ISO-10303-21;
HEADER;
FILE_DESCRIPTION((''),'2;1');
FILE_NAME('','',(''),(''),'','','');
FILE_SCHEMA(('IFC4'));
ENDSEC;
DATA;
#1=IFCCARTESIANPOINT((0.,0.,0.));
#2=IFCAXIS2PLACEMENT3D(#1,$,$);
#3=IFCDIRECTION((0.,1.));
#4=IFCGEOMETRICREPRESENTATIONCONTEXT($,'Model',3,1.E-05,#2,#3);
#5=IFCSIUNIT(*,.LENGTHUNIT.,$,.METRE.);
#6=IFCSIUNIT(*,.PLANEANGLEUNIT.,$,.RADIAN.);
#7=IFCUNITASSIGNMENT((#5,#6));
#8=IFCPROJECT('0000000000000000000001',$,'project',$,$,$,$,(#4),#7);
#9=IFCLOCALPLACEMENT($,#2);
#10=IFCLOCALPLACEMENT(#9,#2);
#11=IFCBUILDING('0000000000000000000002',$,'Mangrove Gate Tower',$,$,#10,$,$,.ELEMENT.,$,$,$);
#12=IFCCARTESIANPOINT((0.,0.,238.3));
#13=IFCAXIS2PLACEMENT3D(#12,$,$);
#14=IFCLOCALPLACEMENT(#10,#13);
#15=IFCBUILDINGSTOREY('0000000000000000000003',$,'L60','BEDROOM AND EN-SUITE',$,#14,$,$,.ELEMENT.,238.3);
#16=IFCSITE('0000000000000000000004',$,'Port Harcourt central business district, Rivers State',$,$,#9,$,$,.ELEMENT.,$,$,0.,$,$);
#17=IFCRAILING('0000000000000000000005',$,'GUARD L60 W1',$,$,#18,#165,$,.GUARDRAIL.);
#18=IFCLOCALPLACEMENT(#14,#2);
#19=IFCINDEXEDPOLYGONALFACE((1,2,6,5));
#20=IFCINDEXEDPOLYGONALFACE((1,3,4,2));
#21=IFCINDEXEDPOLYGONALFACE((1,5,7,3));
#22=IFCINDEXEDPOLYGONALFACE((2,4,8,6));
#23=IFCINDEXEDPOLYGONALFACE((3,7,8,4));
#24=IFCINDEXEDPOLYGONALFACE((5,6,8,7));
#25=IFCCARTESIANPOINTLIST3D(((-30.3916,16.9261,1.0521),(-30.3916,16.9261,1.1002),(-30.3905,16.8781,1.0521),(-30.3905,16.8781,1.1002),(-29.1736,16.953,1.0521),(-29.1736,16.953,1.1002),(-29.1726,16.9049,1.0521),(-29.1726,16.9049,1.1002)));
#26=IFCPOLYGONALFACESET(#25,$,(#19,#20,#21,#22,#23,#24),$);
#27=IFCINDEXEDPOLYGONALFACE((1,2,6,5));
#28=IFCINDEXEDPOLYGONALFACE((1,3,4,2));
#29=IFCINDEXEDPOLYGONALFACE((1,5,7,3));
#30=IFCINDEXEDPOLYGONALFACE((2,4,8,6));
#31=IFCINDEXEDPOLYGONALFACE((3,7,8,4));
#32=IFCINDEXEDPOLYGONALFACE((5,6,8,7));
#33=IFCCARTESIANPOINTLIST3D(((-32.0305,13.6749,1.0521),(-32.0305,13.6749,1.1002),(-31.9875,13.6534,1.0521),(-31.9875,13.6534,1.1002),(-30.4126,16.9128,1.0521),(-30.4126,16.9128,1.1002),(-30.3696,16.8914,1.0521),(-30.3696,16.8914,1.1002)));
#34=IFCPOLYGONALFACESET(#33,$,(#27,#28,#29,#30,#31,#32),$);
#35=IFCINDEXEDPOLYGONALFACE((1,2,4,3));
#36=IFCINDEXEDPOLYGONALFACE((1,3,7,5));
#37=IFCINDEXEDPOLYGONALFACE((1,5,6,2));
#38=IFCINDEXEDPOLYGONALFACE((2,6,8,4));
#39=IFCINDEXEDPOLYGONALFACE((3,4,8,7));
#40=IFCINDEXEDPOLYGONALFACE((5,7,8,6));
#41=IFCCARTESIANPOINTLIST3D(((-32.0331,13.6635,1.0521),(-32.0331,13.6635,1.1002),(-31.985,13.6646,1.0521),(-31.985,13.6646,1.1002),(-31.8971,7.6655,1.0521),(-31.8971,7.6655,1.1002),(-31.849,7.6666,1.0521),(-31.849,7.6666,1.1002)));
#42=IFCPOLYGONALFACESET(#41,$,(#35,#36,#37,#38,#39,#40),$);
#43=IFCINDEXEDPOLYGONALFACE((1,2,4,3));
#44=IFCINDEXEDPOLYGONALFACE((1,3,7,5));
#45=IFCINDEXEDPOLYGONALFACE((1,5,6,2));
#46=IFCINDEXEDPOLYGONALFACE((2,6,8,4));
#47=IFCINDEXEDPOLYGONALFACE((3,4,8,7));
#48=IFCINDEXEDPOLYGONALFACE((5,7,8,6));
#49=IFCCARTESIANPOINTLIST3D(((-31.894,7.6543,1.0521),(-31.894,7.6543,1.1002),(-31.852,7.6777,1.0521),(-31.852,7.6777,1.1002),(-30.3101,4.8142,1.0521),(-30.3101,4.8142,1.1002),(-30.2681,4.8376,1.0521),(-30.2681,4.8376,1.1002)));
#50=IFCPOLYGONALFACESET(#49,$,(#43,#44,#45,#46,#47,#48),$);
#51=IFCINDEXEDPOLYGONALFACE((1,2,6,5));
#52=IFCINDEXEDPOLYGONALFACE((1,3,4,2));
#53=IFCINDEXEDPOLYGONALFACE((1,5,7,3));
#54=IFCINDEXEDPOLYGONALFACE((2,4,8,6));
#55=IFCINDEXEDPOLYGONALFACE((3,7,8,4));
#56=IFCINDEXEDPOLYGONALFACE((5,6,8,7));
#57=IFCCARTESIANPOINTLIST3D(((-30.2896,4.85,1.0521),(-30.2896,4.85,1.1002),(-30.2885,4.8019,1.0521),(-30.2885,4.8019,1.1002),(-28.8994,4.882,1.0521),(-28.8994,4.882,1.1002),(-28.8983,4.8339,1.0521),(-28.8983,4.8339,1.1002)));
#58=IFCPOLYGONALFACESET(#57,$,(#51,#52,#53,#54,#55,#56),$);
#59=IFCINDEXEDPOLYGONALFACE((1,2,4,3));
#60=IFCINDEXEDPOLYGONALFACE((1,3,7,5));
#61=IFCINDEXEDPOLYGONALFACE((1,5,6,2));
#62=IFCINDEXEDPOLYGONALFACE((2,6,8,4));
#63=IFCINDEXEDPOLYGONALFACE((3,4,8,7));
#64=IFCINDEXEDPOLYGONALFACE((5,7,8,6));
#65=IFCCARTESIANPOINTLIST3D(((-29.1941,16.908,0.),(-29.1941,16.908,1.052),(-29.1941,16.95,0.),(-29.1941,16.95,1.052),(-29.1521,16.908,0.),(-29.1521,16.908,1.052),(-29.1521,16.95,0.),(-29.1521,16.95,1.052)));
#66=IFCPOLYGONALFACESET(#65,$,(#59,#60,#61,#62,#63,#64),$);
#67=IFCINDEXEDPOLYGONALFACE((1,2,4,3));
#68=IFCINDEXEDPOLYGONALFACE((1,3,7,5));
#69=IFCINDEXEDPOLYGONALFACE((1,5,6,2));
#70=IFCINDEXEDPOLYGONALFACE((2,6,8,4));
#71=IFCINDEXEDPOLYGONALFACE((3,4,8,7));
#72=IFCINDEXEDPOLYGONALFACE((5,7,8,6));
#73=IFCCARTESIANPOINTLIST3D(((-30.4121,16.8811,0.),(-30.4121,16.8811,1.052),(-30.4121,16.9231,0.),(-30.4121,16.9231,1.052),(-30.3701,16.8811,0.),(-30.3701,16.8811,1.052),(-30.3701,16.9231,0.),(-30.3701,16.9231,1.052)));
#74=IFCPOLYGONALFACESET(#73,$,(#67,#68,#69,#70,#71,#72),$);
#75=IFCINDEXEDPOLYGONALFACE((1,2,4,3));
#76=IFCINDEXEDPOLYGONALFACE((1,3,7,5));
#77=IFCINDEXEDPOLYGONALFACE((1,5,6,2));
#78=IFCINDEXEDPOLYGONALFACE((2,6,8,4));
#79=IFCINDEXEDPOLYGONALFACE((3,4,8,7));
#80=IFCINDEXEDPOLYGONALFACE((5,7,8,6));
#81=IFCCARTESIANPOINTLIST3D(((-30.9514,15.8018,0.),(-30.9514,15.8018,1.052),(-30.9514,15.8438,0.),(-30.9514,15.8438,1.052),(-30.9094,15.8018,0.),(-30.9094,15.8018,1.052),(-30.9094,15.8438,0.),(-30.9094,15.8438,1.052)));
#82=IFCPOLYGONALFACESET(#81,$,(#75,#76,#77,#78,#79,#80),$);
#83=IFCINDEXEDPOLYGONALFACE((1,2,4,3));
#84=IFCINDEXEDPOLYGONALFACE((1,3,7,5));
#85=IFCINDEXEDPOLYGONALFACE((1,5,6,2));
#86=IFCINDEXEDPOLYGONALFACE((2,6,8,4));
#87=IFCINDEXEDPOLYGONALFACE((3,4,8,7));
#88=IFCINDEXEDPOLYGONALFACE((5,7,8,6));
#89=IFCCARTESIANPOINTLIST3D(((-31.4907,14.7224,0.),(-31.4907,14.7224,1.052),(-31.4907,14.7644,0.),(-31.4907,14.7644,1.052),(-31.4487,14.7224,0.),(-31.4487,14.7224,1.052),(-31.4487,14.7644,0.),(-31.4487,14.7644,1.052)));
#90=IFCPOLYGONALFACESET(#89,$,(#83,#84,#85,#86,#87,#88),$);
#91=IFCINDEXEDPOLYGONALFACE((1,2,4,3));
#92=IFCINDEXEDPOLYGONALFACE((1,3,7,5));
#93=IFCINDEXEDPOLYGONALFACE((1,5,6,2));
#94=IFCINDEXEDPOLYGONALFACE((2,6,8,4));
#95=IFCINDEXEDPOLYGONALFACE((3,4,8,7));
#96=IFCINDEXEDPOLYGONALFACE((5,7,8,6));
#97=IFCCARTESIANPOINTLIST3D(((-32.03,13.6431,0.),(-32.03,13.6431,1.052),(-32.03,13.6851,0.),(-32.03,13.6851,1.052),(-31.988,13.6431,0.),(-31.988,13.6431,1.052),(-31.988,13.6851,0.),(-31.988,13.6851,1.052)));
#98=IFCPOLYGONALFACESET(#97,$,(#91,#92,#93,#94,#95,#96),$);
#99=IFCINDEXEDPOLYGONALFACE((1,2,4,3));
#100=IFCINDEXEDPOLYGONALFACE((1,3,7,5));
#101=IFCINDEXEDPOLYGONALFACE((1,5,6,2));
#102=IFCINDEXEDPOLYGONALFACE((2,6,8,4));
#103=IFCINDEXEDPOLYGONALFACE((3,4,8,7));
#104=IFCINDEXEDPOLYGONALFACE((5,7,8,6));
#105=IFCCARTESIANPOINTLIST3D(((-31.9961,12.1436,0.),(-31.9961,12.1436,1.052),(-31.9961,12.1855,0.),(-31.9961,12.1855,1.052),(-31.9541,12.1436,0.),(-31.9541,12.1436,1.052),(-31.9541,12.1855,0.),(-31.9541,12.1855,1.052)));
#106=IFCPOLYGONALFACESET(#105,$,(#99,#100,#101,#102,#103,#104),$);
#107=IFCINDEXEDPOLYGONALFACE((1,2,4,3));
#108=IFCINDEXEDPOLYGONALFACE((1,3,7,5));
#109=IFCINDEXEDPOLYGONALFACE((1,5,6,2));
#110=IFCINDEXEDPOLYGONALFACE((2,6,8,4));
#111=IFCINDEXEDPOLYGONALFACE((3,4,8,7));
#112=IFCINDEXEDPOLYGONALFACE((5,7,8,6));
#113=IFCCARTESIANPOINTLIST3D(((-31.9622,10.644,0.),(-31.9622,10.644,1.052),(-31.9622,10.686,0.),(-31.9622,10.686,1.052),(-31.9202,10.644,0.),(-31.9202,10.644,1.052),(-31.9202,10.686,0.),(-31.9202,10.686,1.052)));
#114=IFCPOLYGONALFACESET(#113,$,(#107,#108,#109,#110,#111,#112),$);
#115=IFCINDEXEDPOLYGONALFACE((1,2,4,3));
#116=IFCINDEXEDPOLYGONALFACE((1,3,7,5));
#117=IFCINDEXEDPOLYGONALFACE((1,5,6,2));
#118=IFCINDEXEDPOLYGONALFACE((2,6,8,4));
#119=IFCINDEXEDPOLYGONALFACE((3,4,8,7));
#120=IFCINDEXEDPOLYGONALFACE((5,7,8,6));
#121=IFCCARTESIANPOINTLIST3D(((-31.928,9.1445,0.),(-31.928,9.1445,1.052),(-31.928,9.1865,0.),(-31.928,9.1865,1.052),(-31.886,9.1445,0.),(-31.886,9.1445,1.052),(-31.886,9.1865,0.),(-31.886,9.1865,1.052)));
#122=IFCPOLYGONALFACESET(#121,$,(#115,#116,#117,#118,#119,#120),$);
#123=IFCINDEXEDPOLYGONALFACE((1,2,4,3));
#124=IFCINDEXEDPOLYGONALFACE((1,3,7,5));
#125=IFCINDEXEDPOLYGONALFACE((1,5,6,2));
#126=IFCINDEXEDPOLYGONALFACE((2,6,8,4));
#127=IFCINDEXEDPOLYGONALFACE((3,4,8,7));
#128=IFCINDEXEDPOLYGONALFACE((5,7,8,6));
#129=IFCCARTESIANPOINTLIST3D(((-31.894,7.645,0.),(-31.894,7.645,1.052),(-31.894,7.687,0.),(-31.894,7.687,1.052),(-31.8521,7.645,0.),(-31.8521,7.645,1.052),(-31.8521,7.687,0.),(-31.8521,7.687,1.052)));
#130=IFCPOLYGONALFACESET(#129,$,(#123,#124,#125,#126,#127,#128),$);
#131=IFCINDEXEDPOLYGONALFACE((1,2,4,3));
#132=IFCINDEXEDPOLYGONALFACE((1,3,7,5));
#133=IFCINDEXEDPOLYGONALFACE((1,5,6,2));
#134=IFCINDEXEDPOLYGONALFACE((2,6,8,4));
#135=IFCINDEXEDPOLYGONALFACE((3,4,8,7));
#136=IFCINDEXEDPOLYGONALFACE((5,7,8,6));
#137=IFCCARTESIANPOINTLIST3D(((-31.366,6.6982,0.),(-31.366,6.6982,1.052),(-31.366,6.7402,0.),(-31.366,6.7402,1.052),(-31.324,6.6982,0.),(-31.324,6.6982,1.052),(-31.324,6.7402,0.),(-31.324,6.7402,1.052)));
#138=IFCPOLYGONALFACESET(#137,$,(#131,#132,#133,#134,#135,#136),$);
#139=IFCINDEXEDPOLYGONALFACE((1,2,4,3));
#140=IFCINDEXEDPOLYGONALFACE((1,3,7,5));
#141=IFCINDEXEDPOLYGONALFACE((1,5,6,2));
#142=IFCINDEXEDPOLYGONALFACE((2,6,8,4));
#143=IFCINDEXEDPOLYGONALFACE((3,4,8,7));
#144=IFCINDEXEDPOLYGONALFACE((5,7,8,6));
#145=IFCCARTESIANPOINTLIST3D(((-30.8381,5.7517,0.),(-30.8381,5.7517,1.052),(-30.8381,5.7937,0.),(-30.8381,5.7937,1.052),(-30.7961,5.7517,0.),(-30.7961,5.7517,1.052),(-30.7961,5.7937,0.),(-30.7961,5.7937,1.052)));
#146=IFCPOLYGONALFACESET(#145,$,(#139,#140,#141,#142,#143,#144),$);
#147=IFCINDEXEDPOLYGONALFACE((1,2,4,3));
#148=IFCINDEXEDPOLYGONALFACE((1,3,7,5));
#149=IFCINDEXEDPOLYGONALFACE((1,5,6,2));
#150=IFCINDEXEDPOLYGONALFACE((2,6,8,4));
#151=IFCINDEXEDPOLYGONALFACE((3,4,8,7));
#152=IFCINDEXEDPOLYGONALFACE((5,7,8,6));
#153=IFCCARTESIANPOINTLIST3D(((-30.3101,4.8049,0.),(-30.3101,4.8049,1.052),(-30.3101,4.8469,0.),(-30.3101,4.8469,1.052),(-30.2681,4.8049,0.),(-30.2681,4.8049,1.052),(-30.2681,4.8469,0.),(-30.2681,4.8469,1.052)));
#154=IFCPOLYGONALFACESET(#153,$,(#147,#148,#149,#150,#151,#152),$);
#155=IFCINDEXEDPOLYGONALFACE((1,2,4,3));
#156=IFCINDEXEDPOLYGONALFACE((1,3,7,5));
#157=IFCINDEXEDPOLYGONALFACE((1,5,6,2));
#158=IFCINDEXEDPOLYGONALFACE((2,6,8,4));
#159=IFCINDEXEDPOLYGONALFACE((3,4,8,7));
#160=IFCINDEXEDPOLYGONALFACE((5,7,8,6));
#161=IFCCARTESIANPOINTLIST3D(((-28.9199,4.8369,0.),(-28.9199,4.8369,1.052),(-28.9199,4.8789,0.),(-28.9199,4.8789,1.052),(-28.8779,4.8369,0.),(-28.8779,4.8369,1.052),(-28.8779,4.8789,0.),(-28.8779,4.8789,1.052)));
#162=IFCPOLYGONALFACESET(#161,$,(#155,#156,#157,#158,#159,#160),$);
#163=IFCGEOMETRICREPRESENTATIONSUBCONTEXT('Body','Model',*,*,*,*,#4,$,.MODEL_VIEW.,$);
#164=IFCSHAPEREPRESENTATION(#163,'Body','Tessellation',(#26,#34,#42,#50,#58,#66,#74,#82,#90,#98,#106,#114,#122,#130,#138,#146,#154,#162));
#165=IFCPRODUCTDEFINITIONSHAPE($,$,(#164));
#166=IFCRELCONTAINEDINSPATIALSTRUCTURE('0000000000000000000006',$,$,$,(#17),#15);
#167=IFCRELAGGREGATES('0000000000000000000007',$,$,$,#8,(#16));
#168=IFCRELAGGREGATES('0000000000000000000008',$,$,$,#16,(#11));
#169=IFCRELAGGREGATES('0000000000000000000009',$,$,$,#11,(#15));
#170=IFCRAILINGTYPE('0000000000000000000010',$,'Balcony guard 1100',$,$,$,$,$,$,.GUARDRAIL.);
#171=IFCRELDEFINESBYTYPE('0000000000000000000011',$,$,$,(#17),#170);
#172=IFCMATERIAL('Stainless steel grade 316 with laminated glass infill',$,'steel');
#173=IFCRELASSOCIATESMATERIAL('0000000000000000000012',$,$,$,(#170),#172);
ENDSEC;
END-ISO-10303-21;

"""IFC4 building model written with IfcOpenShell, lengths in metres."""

from ifc_helpers import new_model, si_unit, direction, frame, origin, origin_2d, place, context, subcontext, project, spatial, rectangle, extrude, material, type_object, element, save


model = new_model("IFC4")

# Units and contexts
model_context = context("Model", 3, precision=1e-05, world=origin(), true_north=direction((0.0, 1.0)))
body_context = subcontext(model_context, "Body", "Model", "MODEL_VIEW")
ifc_project = project(units=[si_unit("LENGTHUNIT", "METRE"), si_unit("PLANEANGLEUNIT", "RADIAN")], contexts=[model_context])

# Site, building, storey
site_placement = place(None, origin())
site = spatial("IfcSite", under=ifc_project, at=site_placement, Name="Port Harcourt central business district, Rivers State", CompositionType="ELEMENT", RefElevation=0.0)
building_placement = place(site_placement, origin())
building = spatial("IfcBuilding", under=site, at=building_placement, Name="Mangrove Gate Tower", CompositionType="ELEMENT")
storey_placement = place(building_placement, frame((0.0, 0.0, 238.3)))
storey = spatial("IfcBuildingStorey", under=building, at=storey_placement, Name="L60", Description="BEDROOM AND EN-SUITE", CompositionType="ELEMENT", Elevation=238.3)

# Railing
ifc_material_1 = material(Name="Stainless steel grade 316 with laminated glass infill", Category="steel")
railing_type = type_object("IfcRailingType", Name="Balcony guard 1100", PredefinedType="GUARDRAIL", material=ifc_material_1)
railing_placement = place(storey_placement, frame((-29.1731, 16.929, 0.0)))
element("IfcRailing", 1, at=railing_placement, inside=storey, type_object=railing_type, Name="GUARD L60 W1", PredefinedType="GUARDRAIL", context=body_context, shape_type="SweptSolid", body=[
    extrude(rectangle(XDim=0.0481, YDim=0.0481, at=origin_2d()), frame((0.0, 0.0, 1.0762), z_axis=(-0.999757, -0.022043, 0.0), x_axis=(0.022043, -0.999757, 0.0)), (0.0, 0.0, 1.0), 1.2183),
    extrude(rectangle(XDim=0.0481, YDim=0.0481, at=origin_2d()), frame((-1.218, -0.0269, 1.0762), z_axis=(-0.446971, -0.894549, 0.0), x_axis=(0.894549, -0.446971, 0.0)), (0.0, 0.0, 1.0), 3.6196),
    extrude(rectangle(XDim=0.0481, YDim=0.0481, at=origin_2d()), frame((-2.8359, -3.2649, 1.0762), z_axis=(0.022666, -0.999743, 0.0), x_axis=(0.999743, 0.022666, 0.0)), (0.0, 0.0, 1.0), 5.9995),
    extrude(rectangle(XDim=0.0481, YDim=0.0481, at=origin_2d()), frame((-2.7, -9.2629, 1.0762), z_axis=(0.487089, -0.873352, 0.0), x_axis=(0.873352, 0.487089, 0.0)), (0.0, 0.0, 1.0), 3.252),
    extrude(rectangle(XDim=0.0481, YDim=0.0481, at=origin_2d()), frame((-1.116, -12.103, 1.0762), z_axis=(0.999735, 0.023001, 0.0), x_axis=(-0.023001, 0.999735, 0.0)), (0.0, 0.0, 1.0), 1.3906),
    extrude(rectangle(XDim=0.042, YDim=0.042, at=origin_2d()), origin(), (0.0, 0.0, 1.0), 1.052),
    extrude(rectangle(XDim=0.042, YDim=0.042, at=origin_2d()), frame((-1.218, -0.0269, 0.0)), (0.0, 0.0, 1.0), 1.052),
    extrude(rectangle(XDim=0.042, YDim=0.042, at=origin_2d()), frame((-1.7573, -1.1062, 0.0)), (0.0, 0.0, 1.0), 1.052),
    extrude(rectangle(XDim=0.042, YDim=0.042, at=origin_2d()), frame((-2.2966, -2.1855, 0.0)), (0.0, 0.0, 1.0), 1.052),
    extrude(rectangle(XDim=0.042, YDim=0.042, at=origin_2d()), frame((-2.8359, -3.2649, 0.0)), (0.0, 0.0, 1.0), 1.052),
    extrude(rectangle(XDim=0.042, YDim=0.042, at=origin_2d()), frame((-2.802, -4.7644, 0.0)), (0.0, 0.0, 1.0), 1.052),
    extrude(rectangle(XDim=0.042, YDim=0.042, at=origin_2d()), frame((-2.7681, -6.2639, 0.0)), (0.0, 0.0, 1.0), 1.052),
    extrude(rectangle(XDim=0.042, YDim=0.042, at=origin_2d()), frame((-2.7339, -7.7634, 0.0)), (0.0, 0.0, 1.0), 1.052),
    extrude(rectangle(XDim=0.042, YDim=0.042, at=origin_2d()), frame((-2.7, -9.2629, 0.0)), (0.0, 0.0, 1.0), 1.052),
    extrude(rectangle(XDim=0.042, YDim=0.042, at=origin_2d()), frame((-2.1719, -10.2097, 0.0)), (0.0, 0.0, 1.0), 1.052),
    extrude(rectangle(XDim=0.042, YDim=0.042, at=origin_2d()), frame((-1.644, -11.1562, 0.0)), (0.0, 0.0, 1.0), 1.052),
    extrude(rectangle(XDim=0.042, YDim=0.042, at=origin_2d()), frame((-1.116, -12.103, 0.0)), (0.0, 0.0, 1.0), 1.052),
    extrude(rectangle(XDim=0.042, YDim=0.042, at=origin_2d()), frame((0.2742, -12.071, 0.0)), (0.0, 0.0, 1.0), 1.052),
])

save(model, "model.ifc")
